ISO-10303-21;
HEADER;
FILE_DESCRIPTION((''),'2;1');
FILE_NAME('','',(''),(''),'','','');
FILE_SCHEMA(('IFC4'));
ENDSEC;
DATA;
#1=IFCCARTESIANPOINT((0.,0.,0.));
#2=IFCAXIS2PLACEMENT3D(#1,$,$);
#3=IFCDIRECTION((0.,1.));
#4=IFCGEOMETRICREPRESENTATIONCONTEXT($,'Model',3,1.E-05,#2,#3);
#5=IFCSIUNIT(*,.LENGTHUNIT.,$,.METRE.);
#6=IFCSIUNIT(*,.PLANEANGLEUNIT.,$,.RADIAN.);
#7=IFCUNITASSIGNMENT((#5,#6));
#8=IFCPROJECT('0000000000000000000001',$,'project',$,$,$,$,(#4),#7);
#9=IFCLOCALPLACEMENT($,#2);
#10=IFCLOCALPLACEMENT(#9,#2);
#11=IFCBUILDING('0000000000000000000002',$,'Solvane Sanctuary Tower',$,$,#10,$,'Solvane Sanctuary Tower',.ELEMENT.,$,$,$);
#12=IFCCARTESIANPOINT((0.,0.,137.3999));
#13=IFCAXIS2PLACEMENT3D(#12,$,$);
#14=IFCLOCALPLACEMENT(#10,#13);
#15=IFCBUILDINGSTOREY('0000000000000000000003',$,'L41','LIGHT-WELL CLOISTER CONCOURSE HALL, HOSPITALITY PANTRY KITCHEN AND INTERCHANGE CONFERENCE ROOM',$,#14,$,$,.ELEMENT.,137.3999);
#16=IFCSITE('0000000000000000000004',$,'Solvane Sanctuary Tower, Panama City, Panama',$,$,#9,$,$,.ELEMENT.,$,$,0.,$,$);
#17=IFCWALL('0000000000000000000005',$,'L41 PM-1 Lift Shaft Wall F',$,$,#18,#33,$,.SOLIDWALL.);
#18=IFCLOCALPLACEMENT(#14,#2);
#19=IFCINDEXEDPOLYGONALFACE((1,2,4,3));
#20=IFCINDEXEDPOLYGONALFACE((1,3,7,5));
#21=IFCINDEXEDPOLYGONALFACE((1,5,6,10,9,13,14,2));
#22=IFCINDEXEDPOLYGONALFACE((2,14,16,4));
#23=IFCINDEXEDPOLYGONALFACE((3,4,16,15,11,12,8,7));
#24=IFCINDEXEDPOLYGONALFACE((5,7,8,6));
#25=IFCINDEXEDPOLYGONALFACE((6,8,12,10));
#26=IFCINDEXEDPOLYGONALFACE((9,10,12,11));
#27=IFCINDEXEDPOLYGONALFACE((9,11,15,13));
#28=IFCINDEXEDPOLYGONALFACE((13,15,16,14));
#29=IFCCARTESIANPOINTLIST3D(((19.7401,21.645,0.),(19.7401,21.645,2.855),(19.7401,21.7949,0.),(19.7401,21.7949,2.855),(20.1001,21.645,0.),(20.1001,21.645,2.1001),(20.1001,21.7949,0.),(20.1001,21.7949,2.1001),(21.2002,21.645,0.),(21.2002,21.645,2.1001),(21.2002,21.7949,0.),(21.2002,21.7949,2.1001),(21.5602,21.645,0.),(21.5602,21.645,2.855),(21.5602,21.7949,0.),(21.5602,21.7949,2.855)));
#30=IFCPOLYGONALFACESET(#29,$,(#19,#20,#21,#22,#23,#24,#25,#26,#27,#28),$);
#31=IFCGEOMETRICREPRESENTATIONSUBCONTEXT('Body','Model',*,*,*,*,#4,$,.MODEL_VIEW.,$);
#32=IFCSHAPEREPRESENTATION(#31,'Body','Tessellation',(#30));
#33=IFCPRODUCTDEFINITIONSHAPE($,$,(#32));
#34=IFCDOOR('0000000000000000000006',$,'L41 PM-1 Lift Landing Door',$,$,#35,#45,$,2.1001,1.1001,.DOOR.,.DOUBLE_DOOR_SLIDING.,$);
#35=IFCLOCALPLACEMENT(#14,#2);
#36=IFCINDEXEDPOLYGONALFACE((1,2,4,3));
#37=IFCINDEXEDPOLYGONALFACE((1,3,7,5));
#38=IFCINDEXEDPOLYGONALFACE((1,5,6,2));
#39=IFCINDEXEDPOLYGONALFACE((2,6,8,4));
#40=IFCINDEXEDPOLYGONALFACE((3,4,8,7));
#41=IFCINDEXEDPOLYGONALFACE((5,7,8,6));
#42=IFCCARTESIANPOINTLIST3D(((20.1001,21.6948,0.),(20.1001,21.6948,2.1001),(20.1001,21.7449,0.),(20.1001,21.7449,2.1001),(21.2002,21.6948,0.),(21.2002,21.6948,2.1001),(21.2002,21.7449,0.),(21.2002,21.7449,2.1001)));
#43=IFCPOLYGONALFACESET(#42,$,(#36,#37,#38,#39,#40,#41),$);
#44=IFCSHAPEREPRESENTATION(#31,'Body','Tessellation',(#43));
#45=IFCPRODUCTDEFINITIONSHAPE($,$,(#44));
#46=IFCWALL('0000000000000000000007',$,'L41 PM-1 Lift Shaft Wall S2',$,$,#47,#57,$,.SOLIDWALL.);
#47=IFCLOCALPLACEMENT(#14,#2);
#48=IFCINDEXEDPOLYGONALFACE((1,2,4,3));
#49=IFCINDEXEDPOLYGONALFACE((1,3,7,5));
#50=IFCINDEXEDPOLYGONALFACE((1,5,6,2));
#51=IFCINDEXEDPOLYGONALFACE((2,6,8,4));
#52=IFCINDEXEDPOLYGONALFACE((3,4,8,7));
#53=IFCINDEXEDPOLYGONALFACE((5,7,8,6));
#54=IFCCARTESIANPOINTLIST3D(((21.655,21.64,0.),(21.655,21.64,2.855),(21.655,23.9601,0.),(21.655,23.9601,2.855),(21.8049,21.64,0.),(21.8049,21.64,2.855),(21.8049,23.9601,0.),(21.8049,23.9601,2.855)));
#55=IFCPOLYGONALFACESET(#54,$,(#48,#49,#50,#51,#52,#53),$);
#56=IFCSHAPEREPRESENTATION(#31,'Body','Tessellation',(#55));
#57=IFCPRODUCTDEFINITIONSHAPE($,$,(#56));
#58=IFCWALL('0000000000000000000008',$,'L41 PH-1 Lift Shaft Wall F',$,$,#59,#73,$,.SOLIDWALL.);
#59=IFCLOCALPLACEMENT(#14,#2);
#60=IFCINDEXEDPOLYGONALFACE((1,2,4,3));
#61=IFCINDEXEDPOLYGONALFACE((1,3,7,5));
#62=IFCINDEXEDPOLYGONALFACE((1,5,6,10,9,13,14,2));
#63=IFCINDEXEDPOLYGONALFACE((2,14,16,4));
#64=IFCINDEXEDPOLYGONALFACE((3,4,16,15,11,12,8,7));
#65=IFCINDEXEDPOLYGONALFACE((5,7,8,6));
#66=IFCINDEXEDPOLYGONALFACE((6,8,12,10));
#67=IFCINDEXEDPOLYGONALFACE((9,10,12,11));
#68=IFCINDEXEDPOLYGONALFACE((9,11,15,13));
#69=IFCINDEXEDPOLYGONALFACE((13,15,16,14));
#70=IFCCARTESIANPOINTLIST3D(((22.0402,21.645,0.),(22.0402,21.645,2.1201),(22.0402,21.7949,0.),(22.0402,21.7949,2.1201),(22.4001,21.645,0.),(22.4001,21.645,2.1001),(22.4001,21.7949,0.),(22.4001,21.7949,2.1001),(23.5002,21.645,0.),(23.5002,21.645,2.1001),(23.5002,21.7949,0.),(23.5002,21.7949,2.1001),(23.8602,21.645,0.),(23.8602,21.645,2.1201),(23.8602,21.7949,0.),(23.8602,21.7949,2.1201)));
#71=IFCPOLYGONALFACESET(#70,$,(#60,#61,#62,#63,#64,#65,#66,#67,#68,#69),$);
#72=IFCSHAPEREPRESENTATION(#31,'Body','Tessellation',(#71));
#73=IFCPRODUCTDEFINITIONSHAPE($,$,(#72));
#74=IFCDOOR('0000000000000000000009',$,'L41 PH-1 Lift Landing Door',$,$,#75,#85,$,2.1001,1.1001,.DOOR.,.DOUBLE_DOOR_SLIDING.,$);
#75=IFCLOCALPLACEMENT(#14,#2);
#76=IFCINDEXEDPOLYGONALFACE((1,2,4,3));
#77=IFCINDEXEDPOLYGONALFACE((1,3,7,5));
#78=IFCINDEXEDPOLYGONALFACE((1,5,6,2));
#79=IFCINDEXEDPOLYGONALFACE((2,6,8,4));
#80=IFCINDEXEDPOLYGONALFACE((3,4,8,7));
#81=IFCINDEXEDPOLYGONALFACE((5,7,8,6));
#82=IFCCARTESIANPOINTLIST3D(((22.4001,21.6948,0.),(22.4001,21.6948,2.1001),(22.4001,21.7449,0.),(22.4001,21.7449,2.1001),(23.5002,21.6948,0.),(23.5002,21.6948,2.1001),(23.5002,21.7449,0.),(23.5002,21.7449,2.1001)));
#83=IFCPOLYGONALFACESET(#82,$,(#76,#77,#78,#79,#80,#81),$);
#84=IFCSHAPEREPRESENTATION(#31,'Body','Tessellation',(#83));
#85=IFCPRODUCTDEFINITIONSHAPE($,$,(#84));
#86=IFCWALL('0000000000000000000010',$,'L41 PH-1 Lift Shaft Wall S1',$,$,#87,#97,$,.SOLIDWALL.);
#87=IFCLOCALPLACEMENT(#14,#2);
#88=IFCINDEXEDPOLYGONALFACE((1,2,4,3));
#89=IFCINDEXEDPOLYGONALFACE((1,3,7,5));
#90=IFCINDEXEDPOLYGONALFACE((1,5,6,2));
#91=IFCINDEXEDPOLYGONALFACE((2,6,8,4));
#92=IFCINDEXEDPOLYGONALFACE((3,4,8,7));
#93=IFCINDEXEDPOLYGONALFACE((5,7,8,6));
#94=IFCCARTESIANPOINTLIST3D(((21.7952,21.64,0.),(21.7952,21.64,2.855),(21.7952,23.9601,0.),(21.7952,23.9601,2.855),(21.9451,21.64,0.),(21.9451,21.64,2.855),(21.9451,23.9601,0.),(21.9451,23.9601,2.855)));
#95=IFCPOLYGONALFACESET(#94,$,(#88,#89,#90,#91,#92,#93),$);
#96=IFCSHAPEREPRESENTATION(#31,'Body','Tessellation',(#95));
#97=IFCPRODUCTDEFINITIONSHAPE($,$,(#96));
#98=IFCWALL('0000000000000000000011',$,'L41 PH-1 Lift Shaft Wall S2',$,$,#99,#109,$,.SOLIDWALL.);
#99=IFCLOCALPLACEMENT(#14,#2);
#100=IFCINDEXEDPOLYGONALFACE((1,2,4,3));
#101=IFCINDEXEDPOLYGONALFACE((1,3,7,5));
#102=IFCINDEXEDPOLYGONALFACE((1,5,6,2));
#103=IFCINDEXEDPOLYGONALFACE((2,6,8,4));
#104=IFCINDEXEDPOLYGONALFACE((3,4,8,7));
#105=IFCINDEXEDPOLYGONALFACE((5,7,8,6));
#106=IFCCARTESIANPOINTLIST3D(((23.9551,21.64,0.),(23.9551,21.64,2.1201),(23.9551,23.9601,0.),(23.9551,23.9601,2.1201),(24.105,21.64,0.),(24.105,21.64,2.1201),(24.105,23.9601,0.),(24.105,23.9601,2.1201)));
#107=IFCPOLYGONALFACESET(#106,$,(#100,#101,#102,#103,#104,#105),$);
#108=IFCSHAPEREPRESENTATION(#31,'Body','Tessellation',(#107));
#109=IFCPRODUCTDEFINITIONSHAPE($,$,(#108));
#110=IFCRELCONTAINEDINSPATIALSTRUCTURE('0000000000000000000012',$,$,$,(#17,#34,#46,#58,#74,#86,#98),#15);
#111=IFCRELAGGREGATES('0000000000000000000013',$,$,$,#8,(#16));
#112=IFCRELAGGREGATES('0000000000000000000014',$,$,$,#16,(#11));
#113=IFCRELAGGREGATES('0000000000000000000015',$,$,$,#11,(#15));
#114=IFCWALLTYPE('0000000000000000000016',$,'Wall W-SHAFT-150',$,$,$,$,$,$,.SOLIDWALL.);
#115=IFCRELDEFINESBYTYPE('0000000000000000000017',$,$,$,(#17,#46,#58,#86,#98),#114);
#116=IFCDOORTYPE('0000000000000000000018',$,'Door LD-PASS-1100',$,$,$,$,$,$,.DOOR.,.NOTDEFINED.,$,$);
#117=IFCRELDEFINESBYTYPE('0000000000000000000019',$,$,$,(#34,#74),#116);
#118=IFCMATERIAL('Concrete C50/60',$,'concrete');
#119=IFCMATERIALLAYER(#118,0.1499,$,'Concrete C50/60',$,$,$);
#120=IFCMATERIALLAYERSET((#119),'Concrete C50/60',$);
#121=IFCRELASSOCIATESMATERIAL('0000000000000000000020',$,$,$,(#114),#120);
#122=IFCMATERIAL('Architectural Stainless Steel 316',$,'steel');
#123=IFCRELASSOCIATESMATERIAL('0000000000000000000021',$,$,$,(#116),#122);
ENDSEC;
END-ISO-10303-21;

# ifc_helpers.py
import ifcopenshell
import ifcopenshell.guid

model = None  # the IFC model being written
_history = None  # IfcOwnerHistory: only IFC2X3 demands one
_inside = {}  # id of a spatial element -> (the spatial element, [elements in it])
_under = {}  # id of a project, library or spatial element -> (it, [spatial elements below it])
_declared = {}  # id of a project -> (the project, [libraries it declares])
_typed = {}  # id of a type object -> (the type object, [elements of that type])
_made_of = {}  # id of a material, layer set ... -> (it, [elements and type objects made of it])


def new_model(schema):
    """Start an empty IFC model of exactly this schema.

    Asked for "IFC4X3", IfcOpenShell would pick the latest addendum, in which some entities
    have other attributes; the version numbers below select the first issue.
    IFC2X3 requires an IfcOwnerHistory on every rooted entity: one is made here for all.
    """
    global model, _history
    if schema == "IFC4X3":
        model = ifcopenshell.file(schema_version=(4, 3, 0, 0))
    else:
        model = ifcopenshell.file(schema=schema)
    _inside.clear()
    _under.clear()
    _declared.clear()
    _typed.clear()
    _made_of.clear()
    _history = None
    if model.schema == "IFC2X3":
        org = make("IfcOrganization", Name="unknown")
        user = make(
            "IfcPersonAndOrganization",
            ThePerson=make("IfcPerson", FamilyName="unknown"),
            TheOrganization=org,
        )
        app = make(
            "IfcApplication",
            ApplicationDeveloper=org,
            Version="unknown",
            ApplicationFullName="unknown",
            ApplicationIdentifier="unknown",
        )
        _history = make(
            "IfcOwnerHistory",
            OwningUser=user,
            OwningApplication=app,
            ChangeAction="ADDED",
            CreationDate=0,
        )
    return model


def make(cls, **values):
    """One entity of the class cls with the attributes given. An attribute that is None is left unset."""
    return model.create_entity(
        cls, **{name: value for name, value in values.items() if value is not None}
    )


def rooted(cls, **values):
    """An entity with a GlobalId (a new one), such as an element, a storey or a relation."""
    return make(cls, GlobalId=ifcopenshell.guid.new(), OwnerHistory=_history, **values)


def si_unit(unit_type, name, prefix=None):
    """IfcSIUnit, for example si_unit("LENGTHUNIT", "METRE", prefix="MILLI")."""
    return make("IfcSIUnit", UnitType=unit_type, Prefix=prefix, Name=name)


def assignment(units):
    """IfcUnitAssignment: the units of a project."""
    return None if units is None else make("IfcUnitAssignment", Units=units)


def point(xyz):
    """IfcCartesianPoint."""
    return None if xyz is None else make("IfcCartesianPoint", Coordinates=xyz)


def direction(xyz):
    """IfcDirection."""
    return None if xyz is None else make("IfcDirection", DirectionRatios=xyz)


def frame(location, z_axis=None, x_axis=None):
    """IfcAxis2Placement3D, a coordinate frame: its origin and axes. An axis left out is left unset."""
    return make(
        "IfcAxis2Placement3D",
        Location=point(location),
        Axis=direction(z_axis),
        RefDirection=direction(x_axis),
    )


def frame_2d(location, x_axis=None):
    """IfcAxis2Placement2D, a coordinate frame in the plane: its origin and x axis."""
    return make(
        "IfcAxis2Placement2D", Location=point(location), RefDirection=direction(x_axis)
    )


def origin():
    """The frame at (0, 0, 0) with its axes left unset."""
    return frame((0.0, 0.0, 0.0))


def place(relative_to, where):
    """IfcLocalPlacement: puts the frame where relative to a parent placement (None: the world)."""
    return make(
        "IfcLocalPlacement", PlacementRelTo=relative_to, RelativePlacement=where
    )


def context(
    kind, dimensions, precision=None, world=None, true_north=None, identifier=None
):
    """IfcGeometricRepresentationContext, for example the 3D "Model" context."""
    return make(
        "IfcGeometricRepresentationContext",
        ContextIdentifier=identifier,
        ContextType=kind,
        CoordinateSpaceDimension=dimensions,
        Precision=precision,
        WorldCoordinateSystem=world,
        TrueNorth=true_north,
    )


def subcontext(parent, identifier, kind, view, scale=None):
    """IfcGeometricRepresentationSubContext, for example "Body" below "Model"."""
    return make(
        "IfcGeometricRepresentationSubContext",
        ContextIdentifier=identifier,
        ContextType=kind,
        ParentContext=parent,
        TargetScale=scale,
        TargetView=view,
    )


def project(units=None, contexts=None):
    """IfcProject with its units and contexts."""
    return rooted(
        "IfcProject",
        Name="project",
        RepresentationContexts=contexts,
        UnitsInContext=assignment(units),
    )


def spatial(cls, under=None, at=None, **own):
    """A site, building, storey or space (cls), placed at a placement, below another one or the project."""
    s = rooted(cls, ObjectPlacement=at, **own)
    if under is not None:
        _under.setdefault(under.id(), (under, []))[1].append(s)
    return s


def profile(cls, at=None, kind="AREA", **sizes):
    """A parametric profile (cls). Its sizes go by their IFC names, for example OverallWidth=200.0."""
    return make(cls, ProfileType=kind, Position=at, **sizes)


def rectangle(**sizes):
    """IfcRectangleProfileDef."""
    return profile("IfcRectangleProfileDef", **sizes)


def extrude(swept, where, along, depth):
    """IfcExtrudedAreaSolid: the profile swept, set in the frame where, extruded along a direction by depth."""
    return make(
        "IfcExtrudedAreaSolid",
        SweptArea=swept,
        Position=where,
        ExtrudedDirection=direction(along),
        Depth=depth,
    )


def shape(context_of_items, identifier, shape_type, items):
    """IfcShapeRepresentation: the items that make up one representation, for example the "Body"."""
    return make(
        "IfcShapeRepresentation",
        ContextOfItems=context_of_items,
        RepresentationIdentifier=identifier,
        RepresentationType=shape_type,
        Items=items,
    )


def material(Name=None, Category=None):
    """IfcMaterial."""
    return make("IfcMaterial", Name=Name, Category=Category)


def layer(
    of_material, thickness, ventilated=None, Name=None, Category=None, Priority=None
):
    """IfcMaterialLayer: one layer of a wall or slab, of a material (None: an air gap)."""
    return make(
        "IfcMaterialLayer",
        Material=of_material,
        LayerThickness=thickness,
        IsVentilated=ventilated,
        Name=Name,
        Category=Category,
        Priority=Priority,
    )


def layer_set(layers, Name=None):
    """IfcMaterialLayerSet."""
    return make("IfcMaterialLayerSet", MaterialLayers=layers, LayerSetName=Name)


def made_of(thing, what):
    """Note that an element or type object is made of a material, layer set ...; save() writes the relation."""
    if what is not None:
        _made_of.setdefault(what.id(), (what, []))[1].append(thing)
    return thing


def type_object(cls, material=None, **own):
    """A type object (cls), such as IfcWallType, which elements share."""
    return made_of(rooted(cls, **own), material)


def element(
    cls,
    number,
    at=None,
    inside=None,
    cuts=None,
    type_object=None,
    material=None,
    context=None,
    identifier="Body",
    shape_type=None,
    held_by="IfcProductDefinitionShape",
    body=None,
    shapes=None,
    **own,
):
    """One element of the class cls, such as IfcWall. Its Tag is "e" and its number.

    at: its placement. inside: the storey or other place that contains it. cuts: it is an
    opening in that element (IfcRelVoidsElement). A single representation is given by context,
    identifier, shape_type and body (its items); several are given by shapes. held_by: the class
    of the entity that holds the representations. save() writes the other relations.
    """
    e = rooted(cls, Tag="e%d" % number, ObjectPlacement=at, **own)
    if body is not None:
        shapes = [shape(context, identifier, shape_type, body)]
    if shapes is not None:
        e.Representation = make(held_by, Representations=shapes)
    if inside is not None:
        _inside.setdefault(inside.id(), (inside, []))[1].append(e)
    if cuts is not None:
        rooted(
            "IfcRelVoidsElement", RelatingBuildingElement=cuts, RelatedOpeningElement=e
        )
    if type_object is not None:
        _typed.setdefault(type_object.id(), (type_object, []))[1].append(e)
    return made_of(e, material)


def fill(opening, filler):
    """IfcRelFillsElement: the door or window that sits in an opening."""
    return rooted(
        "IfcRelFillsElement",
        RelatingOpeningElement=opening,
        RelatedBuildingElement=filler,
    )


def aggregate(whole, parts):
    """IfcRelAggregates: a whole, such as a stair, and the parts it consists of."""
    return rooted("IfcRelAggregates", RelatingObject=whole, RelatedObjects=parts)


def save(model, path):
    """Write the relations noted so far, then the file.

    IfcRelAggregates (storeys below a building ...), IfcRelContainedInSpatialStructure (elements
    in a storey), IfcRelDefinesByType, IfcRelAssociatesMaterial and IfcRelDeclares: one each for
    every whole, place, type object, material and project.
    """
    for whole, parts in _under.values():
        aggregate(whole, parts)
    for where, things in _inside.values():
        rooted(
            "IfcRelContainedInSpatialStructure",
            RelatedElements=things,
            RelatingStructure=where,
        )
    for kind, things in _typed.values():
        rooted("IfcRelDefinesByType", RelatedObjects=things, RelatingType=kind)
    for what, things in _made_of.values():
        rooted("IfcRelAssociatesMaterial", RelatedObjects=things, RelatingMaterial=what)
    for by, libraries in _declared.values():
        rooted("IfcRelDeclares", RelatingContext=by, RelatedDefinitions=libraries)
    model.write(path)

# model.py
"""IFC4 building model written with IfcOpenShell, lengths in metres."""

from ifc_helpers import new_model, si_unit, direction, frame, frame_2d, origin, place, context, subcontext, project, spatial, rectangle, extrude, material, layer, layer_set, type_object, element, fill, save


model = new_model("IFC4")

# Units and contexts
model_context = context("Model", 3, precision=1e-05, world=origin(), true_north=direction((0.0, 1.0)))
body_context = subcontext(model_context, "Body", "Model", "MODEL_VIEW")
ifc_project = project(units=[si_unit("LENGTHUNIT", "METRE"), si_unit("PLANEANGLEUNIT", "RADIAN")], contexts=[model_context])

# Site, building, storey
site_placement = place(None, origin())
site = spatial("IfcSite", under=ifc_project, at=site_placement, Name="Solvane Sanctuary Tower, Panama City, Panama", CompositionType="ELEMENT", RefElevation=0.0)
building_placement = place(site_placement, origin())
building = spatial("IfcBuilding", under=site, at=building_placement, Name="Solvane Sanctuary Tower", LongName="Solvane Sanctuary Tower", CompositionType="ELEMENT")
storey_placement = place(building_placement, frame((0.0, 0.0, 137.3999)))
storey = spatial("IfcBuildingStorey", under=building, at=storey_placement, Name="L41", Description="LIGHT-WELL CLOISTER CONCOURSE HALL, HOSPITALITY PANTRY KITCHEN AND INTERCHANGE CONFERENCE ROOM", CompositionType="ELEMENT", Elevation=137.3999)

# Shared definitions
ifc_material_1 = material(Name="Concrete C50/60", Category="concrete")

# Wall, opening, door
ifc_layer_1 = layer(ifc_material_1, 0.1499, Name="Concrete C50/60")
ifc_layer_set_1 = layer_set([ifc_layer_1], Name="Concrete C50/60")
wall_type_1 = type_object("IfcWallType", Name="Wall W-SHAFT-150", PredefinedType="SOLIDWALL", material=ifc_layer_set_1)
wall_1_placement = place(storey_placement, frame((19.74, 21.72, 0.0), z_axis=(0.0, 0.0, 1.0), x_axis=(1.0, 0.0, 0.0)))
wall_1 = element("IfcWall", 1, at=wall_1_placement, inside=storey, type_object=wall_type_1, Name="L41 PM-1 Lift Shaft Wall F", PredefinedType="SOLIDWALL", context=body_context, shape_type="SweptSolid", body=[
    extrude(rectangle(XDim=1.8201, YDim=0.1499, at=frame_2d((0.9102, 0.0))), origin(), (0.0, 0.0, 1.0), 2.855),
])
opening_1_placement = place(wall_1_placement, frame((0.3601, 0.0, 0.0)))
opening_1 = element("IfcOpeningElement", 2, at=opening_1_placement, cuts=wall_1, PredefinedType="OPENING", context=body_context, shape_type="SweptSolid", body=[
    extrude(rectangle(XDim=1.1001, YDim=2.1001, at=frame_2d((0.55, 1.05))), frame((0.0, 0.085, 0.0), z_axis=(0.0, -1.0, 0.0), x_axis=(1.0, 0.0, 0.0)), (0.0, 0.0, 1.0), 0.1699),
])
ifc_material_2 = material(Name="Architectural Stainless Steel 316", Category="steel")
door_type = type_object("IfcDoorType", Name="Door LD-PASS-1100", OperationType="NOTDEFINED", PredefinedType="DOOR", material=ifc_material_2)
door_1_placement = place(opening_1_placement, origin())
door_1 = element("IfcDoor", 3, at=door_1_placement, inside=storey, type_object=door_type, Name="L41 PM-1 Lift Landing Door", OperationType="DOUBLE_DOOR_SLIDING", OverallHeight=2.1001, OverallWidth=1.1001, PredefinedType="DOOR", context=body_context, shape_type="SweptSolid", body=[
    extrude(rectangle(XDim=1.1001, YDim=2.1001, at=frame_2d((0.55, 1.05))), frame((0.0, 0.0249, 0.0), z_axis=(0.0, -1.0, 0.0), x_axis=(1.0, 0.0, 0.0)), (0.0, 0.0, 1.0), 0.05),
])
fill(opening_1, door_1)

# Wall
wall_2_placement = place(storey_placement, frame((21.73, 21.6399, 0.0), z_axis=(0.0, 0.0, 1.0), x_axis=(0.0, 1.0, 0.0)))
element("IfcWall", 4, at=wall_2_placement, inside=storey, type_object=wall_type_1, Name="L41 PM-1 Lift Shaft Wall S2", PredefinedType="SOLIDWALL", context=body_context, shape_type="SweptSolid", body=[
    extrude(rectangle(XDim=2.3201, YDim=0.1499, at=frame_2d((1.1602, 0.0))), origin(), (0.0, 0.0, 1.0), 2.855),
])

# Wall, opening, door
wall_3_placement = place(storey_placement, frame((22.04, 21.72, 0.0), z_axis=(0.0, 0.0, 1.0), x_axis=(1.0, 0.0, 0.0)))
wall_3 = element("IfcWall", 5, at=wall_3_placement, inside=storey, type_object=wall_type_1, Name="L41 PH-1 Lift Shaft Wall F", PredefinedType="SOLIDWALL", context=body_context, shape_type="SweptSolid", body=[
    extrude(rectangle(XDim=1.8201, YDim=0.1499, at=frame_2d((0.9102, 0.0))), origin(), (0.0, 0.0, 1.0), 2.1201),
])
opening_2_placement = place(wall_3_placement, frame((0.3601, 0.0, 0.0)))
opening_2 = element("IfcOpeningElement", 6, at=opening_2_placement, cuts=wall_3, PredefinedType="OPENING", context=body_context, shape_type="SweptSolid", body=[
    extrude(rectangle(XDim=1.1001, YDim=2.1001, at=frame_2d((0.55, 1.05))), frame((0.0, 0.085, 0.0), z_axis=(0.0, -1.0, 0.0), x_axis=(1.0, 0.0, 0.0)), (0.0, 0.0, 1.0), 0.1699),
])
door_2_placement = place(opening_2_placement, origin())
door_2 = element("IfcDoor", 7, at=door_2_placement, inside=storey, type_object=door_type, Name="L41 PH-1 Lift Landing Door", OperationType="DOUBLE_DOOR_SLIDING", OverallHeight=2.1001, OverallWidth=1.1001, PredefinedType="DOOR", context=body_context, shape_type="SweptSolid", body=[
    extrude(rectangle(XDim=1.1001, YDim=2.1001, at=frame_2d((0.55, 1.05))), frame((0.0, 0.0249, 0.0), z_axis=(0.0, -1.0, 0.0), x_axis=(1.0, 0.0, 0.0)), (0.0, 0.0, 1.0), 0.05),
])
fill(opening_2, door_2)

# Walls
wall_4_placement = place(storey_placement, frame((21.8701, 21.6399, 0.0), z_axis=(0.0, 0.0, 1.0), x_axis=(0.0, 1.0, 0.0)))
element("IfcWall", 8, at=wall_4_placement, inside=storey, type_object=wall_type_1, Name="L41 PH-1 Lift Shaft Wall S1", PredefinedType="SOLIDWALL", context=body_context, shape_type="SweptSolid", body=[
    extrude(rectangle(XDim=2.3201, YDim=0.1499, at=frame_2d((1.1602, 0.0))), origin(), (0.0, 0.0, 1.0), 2.855),
])
wall_5_placement = place(storey_placement, frame((24.03, 21.6399, 0.0), z_axis=(0.0, 0.0, 1.0), x_axis=(0.0, 1.0, 0.0)))
element("IfcWall", 9, at=wall_5_placement, inside=storey, type_object=wall_type_1, Name="L41 PH-1 Lift Shaft Wall S2", PredefinedType="SOLIDWALL", context=body_context, shape_type="SweptSolid", body=[
    extrude(rectangle(XDim=2.3201, YDim=0.1499, at=frame_2d((1.1602, 0.0))), origin(), (0.0, 0.0, 1.0), 2.1201),
])

save(model, "model.ifc")
